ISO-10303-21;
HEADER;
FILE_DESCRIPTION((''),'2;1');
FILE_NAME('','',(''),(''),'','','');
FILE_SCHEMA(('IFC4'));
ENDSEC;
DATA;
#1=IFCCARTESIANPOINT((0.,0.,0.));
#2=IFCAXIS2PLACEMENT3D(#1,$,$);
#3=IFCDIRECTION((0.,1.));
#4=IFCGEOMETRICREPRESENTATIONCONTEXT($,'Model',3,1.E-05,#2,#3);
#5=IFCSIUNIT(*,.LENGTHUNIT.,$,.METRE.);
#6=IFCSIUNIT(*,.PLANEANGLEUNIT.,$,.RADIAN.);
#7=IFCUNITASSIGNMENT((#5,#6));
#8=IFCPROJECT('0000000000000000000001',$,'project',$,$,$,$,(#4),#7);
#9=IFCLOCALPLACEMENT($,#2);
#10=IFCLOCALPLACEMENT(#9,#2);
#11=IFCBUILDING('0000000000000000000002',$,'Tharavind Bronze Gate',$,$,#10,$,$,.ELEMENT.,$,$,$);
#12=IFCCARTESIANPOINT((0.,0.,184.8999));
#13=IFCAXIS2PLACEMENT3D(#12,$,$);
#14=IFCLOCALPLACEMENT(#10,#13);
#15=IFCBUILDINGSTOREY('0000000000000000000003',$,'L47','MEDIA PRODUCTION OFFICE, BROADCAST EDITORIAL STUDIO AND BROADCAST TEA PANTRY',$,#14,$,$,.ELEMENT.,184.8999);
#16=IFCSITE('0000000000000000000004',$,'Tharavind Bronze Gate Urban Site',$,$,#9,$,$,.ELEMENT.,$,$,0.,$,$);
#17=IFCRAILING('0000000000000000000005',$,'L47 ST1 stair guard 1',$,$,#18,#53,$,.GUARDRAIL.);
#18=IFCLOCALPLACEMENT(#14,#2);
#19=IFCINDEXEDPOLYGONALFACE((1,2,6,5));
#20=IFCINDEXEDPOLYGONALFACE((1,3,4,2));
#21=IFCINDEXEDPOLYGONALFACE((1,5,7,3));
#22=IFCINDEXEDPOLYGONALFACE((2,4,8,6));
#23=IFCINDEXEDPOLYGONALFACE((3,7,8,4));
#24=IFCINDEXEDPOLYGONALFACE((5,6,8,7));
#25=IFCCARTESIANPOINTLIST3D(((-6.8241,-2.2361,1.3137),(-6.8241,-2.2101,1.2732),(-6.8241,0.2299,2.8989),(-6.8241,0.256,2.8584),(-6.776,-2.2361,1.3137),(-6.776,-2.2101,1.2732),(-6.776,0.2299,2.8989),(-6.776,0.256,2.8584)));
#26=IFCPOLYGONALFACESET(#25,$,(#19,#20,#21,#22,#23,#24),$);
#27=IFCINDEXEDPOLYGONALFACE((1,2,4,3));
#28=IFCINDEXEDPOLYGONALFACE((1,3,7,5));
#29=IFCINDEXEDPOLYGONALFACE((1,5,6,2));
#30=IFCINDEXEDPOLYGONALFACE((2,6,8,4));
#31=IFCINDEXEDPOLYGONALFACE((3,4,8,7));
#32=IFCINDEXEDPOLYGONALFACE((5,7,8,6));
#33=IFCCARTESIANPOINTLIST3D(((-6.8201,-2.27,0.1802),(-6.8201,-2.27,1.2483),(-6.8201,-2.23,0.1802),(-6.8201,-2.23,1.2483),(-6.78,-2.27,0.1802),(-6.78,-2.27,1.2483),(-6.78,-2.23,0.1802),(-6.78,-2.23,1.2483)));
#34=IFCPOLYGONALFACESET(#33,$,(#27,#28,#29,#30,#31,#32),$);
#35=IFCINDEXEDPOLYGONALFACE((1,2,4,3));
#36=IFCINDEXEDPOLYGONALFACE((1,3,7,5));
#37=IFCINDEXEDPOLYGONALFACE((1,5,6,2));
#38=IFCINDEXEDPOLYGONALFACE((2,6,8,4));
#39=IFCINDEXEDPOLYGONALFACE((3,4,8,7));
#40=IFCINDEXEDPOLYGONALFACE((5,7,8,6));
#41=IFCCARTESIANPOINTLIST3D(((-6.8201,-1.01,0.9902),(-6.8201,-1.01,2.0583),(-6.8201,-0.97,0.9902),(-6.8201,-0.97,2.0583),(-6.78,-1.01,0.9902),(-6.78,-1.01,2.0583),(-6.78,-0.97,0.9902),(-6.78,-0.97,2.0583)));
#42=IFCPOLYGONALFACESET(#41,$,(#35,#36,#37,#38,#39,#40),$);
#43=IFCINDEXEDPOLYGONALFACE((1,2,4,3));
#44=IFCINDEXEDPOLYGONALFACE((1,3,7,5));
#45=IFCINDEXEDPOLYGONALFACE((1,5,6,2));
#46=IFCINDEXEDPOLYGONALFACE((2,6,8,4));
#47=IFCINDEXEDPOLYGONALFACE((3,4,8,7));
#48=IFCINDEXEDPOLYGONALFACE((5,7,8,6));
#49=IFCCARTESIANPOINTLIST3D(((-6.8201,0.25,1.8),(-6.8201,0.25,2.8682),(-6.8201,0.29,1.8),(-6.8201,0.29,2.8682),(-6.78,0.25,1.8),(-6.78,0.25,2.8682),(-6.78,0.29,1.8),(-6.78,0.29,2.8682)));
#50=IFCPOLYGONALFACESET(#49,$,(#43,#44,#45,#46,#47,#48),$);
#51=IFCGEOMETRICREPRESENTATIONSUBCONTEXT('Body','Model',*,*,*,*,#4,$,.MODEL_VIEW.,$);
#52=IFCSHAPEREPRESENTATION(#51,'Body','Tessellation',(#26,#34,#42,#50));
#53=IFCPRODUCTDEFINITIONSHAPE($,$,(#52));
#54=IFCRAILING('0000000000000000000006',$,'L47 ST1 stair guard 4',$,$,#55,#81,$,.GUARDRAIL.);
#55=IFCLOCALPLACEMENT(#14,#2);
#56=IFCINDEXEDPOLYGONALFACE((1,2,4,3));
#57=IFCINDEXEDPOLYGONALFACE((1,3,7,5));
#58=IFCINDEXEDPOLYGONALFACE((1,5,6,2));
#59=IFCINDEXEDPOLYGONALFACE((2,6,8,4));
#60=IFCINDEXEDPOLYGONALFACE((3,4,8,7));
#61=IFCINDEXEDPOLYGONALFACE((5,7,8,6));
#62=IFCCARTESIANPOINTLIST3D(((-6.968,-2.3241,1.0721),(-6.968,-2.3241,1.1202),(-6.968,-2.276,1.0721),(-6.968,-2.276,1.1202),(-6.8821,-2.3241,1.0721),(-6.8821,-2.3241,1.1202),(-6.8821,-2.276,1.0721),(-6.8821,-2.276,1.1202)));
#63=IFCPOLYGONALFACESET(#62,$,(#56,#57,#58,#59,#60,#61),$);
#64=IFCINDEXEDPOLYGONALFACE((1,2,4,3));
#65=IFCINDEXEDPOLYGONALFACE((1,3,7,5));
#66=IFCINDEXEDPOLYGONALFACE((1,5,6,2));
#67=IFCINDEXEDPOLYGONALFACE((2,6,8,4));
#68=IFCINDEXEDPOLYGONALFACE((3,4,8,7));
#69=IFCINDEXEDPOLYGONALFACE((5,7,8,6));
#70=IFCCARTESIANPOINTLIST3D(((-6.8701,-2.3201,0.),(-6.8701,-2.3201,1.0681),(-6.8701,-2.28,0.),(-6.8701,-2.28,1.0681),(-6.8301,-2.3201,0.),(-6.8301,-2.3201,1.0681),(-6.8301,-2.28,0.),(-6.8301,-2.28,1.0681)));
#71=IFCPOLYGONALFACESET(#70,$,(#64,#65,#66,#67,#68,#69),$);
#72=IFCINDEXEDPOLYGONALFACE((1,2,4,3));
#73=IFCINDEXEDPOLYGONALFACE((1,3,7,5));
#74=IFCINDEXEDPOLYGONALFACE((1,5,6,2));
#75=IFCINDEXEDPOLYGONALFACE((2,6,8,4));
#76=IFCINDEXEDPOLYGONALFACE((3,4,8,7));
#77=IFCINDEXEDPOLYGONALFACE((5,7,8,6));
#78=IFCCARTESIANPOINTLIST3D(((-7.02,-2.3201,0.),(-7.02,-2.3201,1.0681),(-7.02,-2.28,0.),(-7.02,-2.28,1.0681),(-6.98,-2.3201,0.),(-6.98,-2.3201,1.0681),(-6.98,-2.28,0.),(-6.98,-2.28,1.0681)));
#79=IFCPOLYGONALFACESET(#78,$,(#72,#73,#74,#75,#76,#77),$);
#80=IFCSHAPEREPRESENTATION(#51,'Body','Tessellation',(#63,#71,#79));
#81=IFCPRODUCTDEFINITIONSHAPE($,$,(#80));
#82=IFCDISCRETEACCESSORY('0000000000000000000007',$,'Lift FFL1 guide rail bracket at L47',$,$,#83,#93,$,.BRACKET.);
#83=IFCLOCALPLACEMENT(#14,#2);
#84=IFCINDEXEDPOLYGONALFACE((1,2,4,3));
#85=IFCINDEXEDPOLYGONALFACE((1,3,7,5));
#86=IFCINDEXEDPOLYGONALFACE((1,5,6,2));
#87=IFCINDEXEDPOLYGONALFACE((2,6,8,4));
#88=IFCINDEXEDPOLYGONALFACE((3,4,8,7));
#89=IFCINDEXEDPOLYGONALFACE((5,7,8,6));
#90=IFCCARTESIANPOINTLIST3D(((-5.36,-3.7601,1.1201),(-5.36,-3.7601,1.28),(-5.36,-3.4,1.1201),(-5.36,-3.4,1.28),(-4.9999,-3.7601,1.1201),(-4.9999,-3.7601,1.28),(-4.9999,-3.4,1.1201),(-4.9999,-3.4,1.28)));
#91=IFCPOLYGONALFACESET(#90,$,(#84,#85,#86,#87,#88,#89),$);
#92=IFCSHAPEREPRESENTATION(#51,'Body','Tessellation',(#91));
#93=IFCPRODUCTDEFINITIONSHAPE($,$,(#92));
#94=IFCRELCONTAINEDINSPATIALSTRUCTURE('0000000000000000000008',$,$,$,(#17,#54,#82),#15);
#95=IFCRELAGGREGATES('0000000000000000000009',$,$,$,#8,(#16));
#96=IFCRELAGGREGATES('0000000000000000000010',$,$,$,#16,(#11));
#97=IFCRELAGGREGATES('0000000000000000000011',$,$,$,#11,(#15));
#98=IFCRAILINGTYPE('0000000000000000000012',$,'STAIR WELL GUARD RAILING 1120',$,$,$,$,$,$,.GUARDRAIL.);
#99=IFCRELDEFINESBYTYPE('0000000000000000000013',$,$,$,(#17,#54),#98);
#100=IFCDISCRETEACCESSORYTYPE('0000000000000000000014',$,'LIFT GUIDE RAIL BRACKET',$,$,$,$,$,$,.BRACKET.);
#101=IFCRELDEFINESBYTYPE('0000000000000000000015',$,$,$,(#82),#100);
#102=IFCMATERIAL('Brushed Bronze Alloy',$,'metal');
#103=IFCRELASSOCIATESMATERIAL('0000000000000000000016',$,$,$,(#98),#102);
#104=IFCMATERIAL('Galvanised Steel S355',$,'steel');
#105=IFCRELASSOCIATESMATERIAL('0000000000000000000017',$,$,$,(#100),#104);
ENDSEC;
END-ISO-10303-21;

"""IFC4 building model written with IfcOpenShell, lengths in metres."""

from ifc_helpers import new_model, si_unit, direction, frame, origin, origin_2d, place, context, subcontext, project, spatial, rectangle, extrude, material, type_object, element, save


model = new_model("IFC4")

# Units and contexts
model_context = context("Model", 3, precision=1e-05, world=origin(), true_north=direction((0.0, 1.0)))
body_context = subcontext(model_context, "Body", "Model", "MODEL_VIEW")
ifc_project = project(units=[si_unit("LENGTHUNIT", "METRE"), si_unit("PLANEANGLEUNIT", "RADIAN")], contexts=[model_context])

# Site, building, storey
site_placement = place(None, origin())
site = spatial("IfcSite", under=ifc_project, at=site_placement, Name="Tharavind Bronze Gate Urban Site", CompositionType="ELEMENT", RefElevation=0.0)
building_placement = place(site_placement, origin())
building = spatial("IfcBuilding", under=site, at=building_placement, Name="Tharavind Bronze Gate", CompositionType="ELEMENT")
storey_placement = place(building_placement, frame((0.0, 0.0, 184.8999)))
storey = spatial("IfcBuildingStorey", under=building, at=storey_placement, Name="L47", Description="MEDIA PRODUCTION OFFICE, BROADCAST EDITORIAL STUDIO AND BROADCAST TEA PANTRY", CompositionType="ELEMENT", Elevation=184.8999)

# Railings
ifc_material_1 = material(Name="Brushed Bronze Alloy", Category="metal")
railing_type_1 = type_object("IfcRailingType", Name="STAIR WELL GUARD RAILING 1120", PredefinedType="GUARDRAIL", material=ifc_material_1)
railing_1_placement = place(storey_placement, frame((-6.8, -2.25, 0.1802)))
element("IfcRailing", 1, at=railing_1_placement, inside=storey, type_object=railing_type_1, Name="L47 ST1 stair guard 1", PredefinedType="GUARDRAIL", context=body_context, shape_type="SweptSolid", body=[
    extrude(rectangle(XDim=0.0481, YDim=0.0481, at=origin_2d()), frame((0.0, 0.0269, 1.1133), z_axis=(0.0, 0.8412, 0.540725), x_axis=(-1.0, 0.0, 0.0)), (0.0, 0.0, 1.0), 2.9316),
    extrude(rectangle(XDim=0.04, YDim=0.04, at=origin_2d()), origin(), (0.0, 0.0, 1.0), 1.0681),
    extrude(rectangle(XDim=0.04, YDim=0.04, at=origin_2d()), frame((0.0, 1.26, 0.8101)), (0.0, 0.0, 1.0), 1.0681),
    extrude(rectangle(XDim=0.04, YDim=0.04, at=origin_2d()), frame((0.0, 2.52, 1.6199)), (0.0, 0.0, 1.0), 1.0681),
])
railing_2_placement = place(storey_placement, frame((-6.8501, -2.3, 0.0)))
element("IfcRailing", 2, at=railing_2_placement, inside=storey, type_object=railing_type_1, Name="L47 ST1 stair guard 4", PredefinedType="GUARDRAIL", context=body_context, shape_type="SweptSolid", body=[
    extrude(rectangle(XDim=0.0481, YDim=0.0481, at=origin_2d()), frame((-0.032, 0.0, 1.0962), z_axis=(-1.0, 0.0, 0.0), x_axis=(0.0, -1.0, 0.0)), (0.0, 0.0, 1.0), 0.0859),
    extrude(rectangle(XDim=0.04, YDim=0.04, at=origin_2d()), origin(), (0.0, 0.0, 1.0), 1.0681),
    extrude(rectangle(XDim=0.04, YDim=0.04, at=origin_2d()), frame((-0.1499, 0.0, 0.0)), (0.0, 0.0, 1.0), 1.0681),
])

# Discrete accessory
ifc_material_2 = material(Name="Galvanised Steel S355", Category="steel")
discrete_accessory_type = type_object("IfcDiscreteAccessoryType", Name="LIFT GUIDE RAIL BRACKET", PredefinedType="BRACKET", material=ifc_material_2)
discrete_accessory_placement = place(storey_placement, frame((-5.1799, -3.5801, 1.1201), z_axis=(0.0, 0.0, 1.0), x_axis=(1.0, 0.0, 0.0)))
element("IfcDiscreteAccessory", 3, at=discrete_accessory_placement, inside=storey, type_object=discrete_accessory_type, Name="Lift FFL1 guide rail bracket at L47", PredefinedType="BRACKET", context=body_context, shape_type="SweptSolid", body=[
    extrude(rectangle(XDim=0.3601, YDim=0.3601, at=origin_2d()), origin(), (0.0, 0.0, 1.0), 0.1599),
])

save(model, "model.ifc")
